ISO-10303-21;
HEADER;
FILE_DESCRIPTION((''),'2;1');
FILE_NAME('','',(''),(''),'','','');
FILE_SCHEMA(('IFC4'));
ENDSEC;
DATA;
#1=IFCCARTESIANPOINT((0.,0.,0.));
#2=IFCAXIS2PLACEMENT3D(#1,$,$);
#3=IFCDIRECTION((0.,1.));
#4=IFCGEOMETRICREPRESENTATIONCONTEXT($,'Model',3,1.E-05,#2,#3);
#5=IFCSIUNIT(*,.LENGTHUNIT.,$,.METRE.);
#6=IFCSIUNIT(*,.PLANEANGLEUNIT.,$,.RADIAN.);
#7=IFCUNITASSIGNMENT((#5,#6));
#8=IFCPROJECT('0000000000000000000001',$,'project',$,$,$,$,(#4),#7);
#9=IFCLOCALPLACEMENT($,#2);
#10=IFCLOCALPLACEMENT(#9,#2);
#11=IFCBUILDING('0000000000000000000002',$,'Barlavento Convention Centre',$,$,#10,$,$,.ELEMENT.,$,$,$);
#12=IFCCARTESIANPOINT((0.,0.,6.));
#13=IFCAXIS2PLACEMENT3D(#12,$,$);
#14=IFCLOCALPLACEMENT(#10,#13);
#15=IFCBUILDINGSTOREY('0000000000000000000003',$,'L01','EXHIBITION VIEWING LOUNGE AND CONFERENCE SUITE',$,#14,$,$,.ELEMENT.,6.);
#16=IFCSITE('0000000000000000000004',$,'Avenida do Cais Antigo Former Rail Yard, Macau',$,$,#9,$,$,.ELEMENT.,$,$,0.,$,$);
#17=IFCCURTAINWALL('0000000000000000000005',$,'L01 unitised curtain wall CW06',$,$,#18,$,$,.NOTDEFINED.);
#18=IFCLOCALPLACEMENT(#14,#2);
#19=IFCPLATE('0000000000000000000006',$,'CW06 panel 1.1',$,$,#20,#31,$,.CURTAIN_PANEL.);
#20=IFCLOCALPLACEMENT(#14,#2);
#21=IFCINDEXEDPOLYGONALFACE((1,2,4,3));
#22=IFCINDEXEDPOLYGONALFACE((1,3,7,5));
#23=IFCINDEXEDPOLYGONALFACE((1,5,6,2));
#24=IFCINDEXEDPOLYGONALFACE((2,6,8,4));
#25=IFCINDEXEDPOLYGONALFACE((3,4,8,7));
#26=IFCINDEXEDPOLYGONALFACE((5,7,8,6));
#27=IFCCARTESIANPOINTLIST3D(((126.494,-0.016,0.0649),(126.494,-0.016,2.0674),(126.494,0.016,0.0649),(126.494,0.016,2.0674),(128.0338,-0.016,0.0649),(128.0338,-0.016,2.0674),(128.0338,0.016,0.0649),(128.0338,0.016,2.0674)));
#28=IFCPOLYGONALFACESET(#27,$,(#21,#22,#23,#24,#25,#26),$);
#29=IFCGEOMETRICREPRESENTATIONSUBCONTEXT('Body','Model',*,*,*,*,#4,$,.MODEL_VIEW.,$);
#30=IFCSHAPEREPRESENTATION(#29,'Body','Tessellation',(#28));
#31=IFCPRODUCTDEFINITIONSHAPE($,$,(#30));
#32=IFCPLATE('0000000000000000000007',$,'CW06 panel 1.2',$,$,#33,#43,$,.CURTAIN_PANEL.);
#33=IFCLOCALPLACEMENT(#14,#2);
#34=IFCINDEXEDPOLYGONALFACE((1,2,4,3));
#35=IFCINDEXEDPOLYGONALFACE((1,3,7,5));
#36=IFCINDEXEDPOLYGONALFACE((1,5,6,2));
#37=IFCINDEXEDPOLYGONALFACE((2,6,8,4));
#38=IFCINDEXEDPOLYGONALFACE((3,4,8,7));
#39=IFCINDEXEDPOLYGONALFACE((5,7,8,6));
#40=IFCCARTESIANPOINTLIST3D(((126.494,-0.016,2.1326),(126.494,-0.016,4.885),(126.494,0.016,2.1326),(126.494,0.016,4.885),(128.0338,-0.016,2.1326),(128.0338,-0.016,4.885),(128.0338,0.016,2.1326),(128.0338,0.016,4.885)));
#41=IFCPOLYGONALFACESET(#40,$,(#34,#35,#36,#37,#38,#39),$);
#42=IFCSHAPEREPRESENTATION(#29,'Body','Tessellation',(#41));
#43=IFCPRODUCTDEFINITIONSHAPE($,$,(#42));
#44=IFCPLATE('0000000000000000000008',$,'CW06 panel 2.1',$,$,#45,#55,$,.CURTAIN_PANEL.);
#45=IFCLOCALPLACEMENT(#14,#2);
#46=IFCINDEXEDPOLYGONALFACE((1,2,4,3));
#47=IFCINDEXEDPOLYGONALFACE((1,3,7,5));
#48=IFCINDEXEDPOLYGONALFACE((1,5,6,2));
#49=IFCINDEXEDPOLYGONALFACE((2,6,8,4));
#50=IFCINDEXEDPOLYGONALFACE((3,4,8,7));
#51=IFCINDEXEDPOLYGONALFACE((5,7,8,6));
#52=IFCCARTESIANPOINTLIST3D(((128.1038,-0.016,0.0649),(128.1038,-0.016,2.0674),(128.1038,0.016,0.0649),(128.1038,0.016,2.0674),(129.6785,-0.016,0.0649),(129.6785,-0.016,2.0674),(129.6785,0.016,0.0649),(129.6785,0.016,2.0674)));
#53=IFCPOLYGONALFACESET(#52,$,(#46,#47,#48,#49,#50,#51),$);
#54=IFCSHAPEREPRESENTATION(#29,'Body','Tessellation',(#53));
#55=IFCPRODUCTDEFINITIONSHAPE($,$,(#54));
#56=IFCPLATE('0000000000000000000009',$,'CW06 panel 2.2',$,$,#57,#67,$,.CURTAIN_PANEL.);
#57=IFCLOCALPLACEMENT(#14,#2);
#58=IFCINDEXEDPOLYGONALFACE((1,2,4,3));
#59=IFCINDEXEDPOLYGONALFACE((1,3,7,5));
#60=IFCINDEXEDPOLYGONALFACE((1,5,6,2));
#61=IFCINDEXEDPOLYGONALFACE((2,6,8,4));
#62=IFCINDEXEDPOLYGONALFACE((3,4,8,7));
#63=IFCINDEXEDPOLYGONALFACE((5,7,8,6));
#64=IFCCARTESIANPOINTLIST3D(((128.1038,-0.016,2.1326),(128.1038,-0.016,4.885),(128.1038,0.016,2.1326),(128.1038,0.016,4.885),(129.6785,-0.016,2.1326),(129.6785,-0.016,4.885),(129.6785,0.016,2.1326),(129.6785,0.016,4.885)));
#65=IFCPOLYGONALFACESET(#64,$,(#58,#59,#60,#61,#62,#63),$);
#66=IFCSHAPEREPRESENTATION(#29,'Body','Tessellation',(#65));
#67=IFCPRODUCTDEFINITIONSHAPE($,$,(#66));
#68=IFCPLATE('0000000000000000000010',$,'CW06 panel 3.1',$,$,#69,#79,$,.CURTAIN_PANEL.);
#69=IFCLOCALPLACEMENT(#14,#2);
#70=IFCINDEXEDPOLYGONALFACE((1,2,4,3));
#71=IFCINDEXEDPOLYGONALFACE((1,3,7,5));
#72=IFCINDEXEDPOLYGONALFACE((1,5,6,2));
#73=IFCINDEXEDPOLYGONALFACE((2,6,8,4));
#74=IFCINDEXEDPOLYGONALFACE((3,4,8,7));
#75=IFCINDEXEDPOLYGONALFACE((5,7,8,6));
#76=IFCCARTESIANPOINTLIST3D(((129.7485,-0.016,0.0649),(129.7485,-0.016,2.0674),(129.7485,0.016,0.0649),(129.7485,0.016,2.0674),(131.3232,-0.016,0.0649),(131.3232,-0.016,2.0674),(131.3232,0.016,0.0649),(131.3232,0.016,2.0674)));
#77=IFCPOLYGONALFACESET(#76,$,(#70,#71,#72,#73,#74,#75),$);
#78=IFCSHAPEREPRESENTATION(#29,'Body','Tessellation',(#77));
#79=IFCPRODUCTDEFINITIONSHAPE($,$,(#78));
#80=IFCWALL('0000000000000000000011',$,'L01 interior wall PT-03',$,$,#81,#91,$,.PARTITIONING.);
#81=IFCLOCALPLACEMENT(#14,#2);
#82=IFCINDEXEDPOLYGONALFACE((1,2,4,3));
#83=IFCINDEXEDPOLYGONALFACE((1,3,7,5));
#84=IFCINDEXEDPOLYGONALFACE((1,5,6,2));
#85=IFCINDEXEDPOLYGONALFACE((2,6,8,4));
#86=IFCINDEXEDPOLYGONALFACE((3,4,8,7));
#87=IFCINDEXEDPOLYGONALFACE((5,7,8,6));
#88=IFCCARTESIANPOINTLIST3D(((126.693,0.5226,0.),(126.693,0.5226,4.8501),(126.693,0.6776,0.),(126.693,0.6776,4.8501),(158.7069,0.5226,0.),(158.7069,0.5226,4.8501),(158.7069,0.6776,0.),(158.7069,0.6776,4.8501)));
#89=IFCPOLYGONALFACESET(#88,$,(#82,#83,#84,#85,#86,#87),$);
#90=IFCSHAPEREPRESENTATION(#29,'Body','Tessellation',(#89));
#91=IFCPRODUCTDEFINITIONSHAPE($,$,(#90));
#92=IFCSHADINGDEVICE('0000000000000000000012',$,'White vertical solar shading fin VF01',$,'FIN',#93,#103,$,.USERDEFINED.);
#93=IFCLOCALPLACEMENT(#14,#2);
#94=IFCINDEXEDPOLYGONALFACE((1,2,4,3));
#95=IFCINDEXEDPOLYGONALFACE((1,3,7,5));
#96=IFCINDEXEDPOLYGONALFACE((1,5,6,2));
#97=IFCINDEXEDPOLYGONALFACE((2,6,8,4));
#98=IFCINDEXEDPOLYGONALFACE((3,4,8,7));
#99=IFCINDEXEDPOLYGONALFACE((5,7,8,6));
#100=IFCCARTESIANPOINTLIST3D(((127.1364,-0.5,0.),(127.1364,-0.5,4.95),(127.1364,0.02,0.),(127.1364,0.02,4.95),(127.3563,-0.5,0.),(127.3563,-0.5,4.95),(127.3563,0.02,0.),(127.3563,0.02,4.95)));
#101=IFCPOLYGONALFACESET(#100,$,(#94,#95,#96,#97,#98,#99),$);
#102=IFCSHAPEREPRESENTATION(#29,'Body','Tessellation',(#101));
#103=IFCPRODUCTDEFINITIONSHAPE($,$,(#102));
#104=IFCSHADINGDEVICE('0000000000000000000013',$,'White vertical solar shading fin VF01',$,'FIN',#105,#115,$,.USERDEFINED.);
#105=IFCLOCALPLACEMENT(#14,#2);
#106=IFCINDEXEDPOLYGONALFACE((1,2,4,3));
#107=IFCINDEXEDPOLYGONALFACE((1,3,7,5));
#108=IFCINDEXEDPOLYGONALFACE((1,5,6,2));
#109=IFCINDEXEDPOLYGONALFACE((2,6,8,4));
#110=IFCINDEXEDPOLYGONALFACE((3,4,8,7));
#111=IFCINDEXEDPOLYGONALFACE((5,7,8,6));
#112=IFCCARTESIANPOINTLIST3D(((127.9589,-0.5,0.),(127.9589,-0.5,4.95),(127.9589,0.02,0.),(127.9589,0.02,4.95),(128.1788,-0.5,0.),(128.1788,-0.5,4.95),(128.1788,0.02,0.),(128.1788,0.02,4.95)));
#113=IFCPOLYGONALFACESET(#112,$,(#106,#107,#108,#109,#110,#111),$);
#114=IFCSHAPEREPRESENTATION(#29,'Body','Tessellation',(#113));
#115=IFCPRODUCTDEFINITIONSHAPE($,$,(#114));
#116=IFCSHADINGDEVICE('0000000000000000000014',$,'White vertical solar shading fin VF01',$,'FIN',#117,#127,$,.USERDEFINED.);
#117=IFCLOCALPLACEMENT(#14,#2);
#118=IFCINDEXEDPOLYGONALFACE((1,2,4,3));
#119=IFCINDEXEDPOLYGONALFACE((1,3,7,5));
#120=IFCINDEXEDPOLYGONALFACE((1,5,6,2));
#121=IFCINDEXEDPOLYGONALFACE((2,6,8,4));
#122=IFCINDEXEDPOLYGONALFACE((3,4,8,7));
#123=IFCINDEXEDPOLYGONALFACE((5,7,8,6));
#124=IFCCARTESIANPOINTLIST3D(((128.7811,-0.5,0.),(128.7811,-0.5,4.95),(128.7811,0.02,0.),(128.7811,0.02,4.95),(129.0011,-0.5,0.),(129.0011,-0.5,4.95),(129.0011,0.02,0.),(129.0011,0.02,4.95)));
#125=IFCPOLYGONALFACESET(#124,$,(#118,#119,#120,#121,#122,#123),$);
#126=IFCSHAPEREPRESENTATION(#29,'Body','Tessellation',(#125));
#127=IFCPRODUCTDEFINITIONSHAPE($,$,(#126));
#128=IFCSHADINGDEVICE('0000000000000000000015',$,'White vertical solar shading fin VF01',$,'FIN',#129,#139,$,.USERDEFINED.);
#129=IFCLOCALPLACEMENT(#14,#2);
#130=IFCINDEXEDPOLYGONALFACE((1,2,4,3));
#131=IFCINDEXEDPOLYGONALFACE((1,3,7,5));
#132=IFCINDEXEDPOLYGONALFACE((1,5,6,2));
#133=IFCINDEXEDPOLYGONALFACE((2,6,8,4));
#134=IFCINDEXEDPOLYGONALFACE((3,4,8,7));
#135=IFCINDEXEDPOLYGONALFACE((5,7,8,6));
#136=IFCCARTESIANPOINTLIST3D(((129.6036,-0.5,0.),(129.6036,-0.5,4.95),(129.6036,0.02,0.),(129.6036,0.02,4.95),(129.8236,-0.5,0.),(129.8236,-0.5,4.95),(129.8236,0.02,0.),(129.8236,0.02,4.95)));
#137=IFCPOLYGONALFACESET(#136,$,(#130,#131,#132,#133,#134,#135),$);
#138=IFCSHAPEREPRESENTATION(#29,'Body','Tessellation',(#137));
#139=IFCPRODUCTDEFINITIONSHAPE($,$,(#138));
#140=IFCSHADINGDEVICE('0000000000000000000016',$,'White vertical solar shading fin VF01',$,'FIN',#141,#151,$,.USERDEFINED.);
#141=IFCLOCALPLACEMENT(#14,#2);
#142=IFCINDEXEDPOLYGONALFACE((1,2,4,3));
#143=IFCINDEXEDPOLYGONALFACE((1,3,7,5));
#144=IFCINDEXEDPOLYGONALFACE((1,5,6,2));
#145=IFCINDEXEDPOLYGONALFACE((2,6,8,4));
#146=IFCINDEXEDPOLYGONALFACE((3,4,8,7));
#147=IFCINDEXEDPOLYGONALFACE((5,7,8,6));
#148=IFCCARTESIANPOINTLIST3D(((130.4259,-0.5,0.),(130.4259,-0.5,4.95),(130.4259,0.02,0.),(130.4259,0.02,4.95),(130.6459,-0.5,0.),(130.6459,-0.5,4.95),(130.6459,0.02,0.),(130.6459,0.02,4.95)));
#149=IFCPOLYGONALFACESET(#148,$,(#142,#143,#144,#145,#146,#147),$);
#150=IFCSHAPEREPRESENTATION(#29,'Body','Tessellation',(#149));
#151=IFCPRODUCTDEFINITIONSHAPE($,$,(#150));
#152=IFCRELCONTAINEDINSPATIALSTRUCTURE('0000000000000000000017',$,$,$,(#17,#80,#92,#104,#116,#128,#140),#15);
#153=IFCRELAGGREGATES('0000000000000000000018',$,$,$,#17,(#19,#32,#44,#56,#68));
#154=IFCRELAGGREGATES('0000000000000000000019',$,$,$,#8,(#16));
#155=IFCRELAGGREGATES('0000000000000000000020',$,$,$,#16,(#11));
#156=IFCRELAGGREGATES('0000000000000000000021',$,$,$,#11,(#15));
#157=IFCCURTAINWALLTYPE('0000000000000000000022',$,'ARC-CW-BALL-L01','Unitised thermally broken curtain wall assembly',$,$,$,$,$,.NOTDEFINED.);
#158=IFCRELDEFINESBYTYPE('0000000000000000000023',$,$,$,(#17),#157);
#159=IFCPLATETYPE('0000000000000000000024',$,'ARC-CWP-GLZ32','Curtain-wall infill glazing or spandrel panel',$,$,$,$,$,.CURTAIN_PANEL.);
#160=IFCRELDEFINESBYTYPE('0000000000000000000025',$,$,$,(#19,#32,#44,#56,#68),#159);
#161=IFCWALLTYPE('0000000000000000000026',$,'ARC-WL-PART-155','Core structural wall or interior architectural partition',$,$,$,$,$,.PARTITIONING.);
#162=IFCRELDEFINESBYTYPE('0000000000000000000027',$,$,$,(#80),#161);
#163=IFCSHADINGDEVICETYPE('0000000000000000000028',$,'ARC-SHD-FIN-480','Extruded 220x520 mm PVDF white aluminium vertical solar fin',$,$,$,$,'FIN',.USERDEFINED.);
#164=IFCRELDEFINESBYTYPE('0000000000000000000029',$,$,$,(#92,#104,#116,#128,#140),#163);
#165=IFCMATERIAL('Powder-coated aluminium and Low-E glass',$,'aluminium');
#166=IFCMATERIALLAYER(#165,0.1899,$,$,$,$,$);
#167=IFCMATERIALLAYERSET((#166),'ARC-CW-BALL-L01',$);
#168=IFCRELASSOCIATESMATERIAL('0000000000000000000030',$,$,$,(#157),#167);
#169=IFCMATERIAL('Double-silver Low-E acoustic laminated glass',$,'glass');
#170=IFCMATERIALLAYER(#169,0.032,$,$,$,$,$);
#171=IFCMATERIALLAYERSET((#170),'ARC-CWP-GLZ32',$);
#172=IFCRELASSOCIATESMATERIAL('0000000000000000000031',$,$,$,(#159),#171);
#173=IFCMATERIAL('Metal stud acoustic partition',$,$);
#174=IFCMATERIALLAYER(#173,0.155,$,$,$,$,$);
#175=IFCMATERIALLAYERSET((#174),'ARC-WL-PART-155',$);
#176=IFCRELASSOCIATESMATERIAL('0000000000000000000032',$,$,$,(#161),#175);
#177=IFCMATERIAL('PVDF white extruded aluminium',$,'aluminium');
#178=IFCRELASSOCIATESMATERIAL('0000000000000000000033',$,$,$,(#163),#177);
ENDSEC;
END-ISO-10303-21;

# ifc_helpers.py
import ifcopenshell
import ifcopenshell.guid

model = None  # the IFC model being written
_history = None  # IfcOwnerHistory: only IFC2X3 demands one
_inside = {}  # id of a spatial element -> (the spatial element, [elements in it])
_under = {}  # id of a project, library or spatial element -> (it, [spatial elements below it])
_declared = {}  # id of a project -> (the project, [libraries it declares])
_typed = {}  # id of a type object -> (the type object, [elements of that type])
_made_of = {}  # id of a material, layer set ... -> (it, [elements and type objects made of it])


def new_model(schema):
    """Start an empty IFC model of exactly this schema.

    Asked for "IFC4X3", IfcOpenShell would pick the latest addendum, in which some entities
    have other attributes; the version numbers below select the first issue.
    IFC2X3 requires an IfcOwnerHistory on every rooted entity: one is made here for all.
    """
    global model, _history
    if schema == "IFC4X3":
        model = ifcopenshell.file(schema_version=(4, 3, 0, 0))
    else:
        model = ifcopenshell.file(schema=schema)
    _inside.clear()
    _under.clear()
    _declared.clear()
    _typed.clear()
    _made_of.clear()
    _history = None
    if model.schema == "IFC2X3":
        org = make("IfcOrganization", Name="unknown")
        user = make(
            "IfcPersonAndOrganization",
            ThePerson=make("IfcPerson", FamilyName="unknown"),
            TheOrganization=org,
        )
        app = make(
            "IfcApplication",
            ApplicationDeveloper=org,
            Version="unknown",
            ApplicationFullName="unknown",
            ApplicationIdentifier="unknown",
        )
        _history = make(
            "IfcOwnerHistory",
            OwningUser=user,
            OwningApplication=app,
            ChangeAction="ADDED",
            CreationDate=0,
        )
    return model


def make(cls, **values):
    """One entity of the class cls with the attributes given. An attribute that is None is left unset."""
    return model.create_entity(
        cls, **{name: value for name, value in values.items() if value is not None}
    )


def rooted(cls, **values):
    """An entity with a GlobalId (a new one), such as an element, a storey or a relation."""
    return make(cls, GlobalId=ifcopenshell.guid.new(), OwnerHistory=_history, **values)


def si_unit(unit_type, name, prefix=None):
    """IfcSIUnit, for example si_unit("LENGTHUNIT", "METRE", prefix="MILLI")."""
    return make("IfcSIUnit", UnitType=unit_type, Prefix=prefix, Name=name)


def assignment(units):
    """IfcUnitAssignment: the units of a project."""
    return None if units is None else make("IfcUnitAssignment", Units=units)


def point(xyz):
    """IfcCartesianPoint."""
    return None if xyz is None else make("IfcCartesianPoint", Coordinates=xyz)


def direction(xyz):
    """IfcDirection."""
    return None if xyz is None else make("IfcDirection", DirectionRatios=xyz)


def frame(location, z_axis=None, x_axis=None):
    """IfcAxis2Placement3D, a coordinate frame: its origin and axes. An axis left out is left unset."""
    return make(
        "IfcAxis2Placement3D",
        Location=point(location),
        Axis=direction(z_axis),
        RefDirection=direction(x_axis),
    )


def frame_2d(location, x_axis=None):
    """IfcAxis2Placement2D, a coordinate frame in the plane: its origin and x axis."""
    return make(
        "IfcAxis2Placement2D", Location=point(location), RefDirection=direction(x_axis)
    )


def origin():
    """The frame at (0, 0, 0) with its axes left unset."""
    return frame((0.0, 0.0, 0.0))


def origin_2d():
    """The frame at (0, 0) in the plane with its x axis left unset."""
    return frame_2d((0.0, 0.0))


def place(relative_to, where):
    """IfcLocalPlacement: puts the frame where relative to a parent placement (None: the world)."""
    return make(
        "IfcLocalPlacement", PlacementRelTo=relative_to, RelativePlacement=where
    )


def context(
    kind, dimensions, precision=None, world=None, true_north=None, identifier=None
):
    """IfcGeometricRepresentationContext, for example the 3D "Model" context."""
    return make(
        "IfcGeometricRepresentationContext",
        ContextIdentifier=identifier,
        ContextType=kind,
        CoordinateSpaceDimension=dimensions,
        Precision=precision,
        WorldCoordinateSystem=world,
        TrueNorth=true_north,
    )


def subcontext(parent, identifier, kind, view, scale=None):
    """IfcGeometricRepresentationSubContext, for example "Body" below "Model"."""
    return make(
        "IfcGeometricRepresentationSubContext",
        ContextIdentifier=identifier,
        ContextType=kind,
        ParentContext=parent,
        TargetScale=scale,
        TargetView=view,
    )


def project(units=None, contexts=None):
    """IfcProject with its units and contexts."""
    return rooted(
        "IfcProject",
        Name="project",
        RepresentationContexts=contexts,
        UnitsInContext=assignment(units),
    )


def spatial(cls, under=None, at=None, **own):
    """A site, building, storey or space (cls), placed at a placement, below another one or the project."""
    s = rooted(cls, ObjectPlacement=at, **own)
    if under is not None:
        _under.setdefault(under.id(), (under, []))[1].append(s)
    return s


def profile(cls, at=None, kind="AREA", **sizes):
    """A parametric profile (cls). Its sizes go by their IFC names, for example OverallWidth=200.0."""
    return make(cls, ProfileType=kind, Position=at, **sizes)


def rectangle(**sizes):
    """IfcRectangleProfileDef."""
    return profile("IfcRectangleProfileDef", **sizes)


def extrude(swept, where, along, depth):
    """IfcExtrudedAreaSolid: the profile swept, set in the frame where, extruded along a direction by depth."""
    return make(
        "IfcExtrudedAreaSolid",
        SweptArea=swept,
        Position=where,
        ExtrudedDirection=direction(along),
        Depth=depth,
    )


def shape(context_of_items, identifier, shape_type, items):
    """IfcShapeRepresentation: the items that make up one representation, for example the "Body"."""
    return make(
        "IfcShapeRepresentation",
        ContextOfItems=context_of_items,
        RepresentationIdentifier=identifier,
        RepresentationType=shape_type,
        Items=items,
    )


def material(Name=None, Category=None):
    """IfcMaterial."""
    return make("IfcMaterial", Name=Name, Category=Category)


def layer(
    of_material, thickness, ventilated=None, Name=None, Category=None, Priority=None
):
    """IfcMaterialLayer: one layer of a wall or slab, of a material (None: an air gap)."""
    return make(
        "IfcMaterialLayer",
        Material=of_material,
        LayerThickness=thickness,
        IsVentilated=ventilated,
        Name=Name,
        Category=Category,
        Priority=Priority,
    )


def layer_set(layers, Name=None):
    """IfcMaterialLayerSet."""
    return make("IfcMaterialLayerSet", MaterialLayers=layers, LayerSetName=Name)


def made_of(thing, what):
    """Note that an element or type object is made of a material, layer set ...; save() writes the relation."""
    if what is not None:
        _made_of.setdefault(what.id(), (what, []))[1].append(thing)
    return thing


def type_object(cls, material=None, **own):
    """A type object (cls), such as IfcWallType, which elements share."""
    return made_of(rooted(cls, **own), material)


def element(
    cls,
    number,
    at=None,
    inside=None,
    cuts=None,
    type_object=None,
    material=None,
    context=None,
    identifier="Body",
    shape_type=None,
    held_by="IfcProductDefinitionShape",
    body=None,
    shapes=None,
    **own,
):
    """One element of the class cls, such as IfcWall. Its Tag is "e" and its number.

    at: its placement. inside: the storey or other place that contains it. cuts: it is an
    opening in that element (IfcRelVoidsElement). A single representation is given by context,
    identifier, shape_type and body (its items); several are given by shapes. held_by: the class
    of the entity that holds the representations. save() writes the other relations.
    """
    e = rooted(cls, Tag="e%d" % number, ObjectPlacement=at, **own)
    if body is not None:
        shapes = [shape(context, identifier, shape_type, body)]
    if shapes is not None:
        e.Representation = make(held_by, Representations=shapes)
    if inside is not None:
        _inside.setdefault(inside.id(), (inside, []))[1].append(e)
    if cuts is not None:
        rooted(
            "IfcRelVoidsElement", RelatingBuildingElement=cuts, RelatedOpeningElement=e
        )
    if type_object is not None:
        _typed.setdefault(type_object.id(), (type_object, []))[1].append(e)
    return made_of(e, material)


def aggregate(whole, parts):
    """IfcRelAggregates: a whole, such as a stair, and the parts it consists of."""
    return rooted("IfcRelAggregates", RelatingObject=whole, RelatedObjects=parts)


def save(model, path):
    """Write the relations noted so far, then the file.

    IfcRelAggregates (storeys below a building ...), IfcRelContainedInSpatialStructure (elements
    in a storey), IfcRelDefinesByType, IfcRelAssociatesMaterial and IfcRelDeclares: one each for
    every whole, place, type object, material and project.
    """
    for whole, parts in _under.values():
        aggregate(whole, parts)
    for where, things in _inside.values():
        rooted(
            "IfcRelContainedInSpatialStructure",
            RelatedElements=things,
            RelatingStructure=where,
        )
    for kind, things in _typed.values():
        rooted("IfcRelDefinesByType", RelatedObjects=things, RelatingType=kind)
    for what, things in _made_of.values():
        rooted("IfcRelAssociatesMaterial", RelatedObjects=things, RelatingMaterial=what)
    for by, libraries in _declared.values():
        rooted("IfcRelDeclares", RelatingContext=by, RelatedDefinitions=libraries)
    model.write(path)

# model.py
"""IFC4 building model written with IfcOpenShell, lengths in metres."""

from ifc_helpers import new_model, si_unit, direction, frame, frame_2d, origin, origin_2d, place, context, subcontext, project, spatial, rectangle, extrude, material, layer, layer_set, type_object, element, aggregate, save


model = new_model("IFC4")

# Units and contexts
model_context = context("Model", 3, precision=1e-05, world=origin(), true_north=direction((0.0, 1.0)))
body_context = subcontext(model_context, "Body", "Model", "MODEL_VIEW")
ifc_project = project(units=[si_unit("LENGTHUNIT", "METRE"), si_unit("PLANEANGLEUNIT", "RADIAN")], contexts=[model_context])

# Site, building, storey
site_placement = place(None, origin())
site = spatial("IfcSite", under=ifc_project, at=site_placement, Name="Avenida do Cais Antigo Former Rail Yard, Macau", CompositionType="ELEMENT", RefElevation=0.0)
building_placement = place(site_placement, origin())
building = spatial("IfcBuilding", under=site, at=building_placement, Name="Barlavento Convention Centre", CompositionType="ELEMENT")
storey_placement = place(building_placement, frame((0.0, 0.0, 6.0)))
storey = spatial("IfcBuildingStorey", under=building, at=storey_placement, Name="L01", Description="EXHIBITION VIEWING LOUNGE AND CONFERENCE SUITE", CompositionType="ELEMENT", Elevation=6.0)

# Curtain wall
ifc_material_1 = material(Name="Powder-coated aluminium and Low-E glass", Category="aluminium")
ifc_layer_1 = layer(ifc_material_1, 0.1899)
ifc_layer_set_1 = layer_set([ifc_layer_1], Name="ARC-CW-BALL-L01")
curtain_wall_type = type_object("IfcCurtainWallType", Name="ARC-CW-BALL-L01", Description="Unitised thermally broken curtain wall assembly", PredefinedType="NOTDEFINED", material=ifc_layer_set_1)
curtain_wall_placement = place(storey_placement, origin())
curtain_wall = element("IfcCurtainWall", 1, at=curtain_wall_placement, inside=storey, type_object=curtain_wall_type, Name="L01 unitised curtain wall CW06", PredefinedType="NOTDEFINED")

# Plates
ifc_material_2 = material(Name="Double-silver Low-E acoustic laminated glass", Category="glass")
ifc_layer_2 = layer(ifc_material_2, 0.032)
ifc_layer_set_2 = layer_set([ifc_layer_2], Name="ARC-CWP-GLZ32")
plate_type = type_object("IfcPlateType", Name="ARC-CWP-GLZ32", Description="Curtain-wall infill glazing or spandrel panel", PredefinedType="CURTAIN_PANEL", material=ifc_layer_set_2)
plate_1_placement = place(storey_placement, frame((127.2639, 0.0, 0.0649), z_axis=(0.0, 0.0, 1.0), x_axis=(1.0, 0.0, 0.0)))
plate_1 = element("IfcPlate", 2, at=plate_1_placement, type_object=plate_type, Name="CW06 panel 1.1", PredefinedType="CURTAIN_PANEL", context=body_context, shape_type="SweptSolid", body=[
    extrude(rectangle(XDim=1.5398, YDim=0.032, at=origin_2d()), origin(), (0.0, 0.0, 1.0), 2.0024),
])
plate_2_placement = place(storey_placement, frame((127.2639, 0.0, 2.1326), z_axis=(0.0, 0.0, 1.0), x_axis=(1.0, 0.0, 0.0)))
plate_2 = element("IfcPlate", 3, at=plate_2_placement, type_object=plate_type, Name="CW06 panel 1.2", PredefinedType="CURTAIN_PANEL", context=body_context, shape_type="SweptSolid", body=[
    extrude(rectangle(XDim=1.5398, YDim=0.032, at=origin_2d()), origin(), (0.0, 0.0, 1.0), 2.7524),
])
plate_3_placement = place(storey_placement, frame((128.8911, 0.0, 0.0649), z_axis=(0.0, 0.0, 1.0), x_axis=(1.0, 0.0, 0.0)))
plate_3 = element("IfcPlate", 4, at=plate_3_placement, type_object=plate_type, Name="CW06 panel 2.1", PredefinedType="CURTAIN_PANEL", context=body_context, shape_type="SweptSolid", body=[
    extrude(rectangle(XDim=1.5747, YDim=0.032, at=origin_2d()), origin(), (0.0, 0.0, 1.0), 2.0024),
])
plate_4_placement = place(storey_placement, frame((128.8911, 0.0, 2.1326), z_axis=(0.0, 0.0, 1.0), x_axis=(1.0, 0.0, 0.0)))
plate_4 = element("IfcPlate", 5, at=plate_4_placement, type_object=plate_type, Name="CW06 panel 2.2", PredefinedType="CURTAIN_PANEL", context=body_context, shape_type="SweptSolid", body=[
    extrude(rectangle(XDim=1.5747, YDim=0.032, at=origin_2d()), origin(), (0.0, 0.0, 1.0), 2.7524),
])
plate_5_placement = place(storey_placement, frame((130.5359, 0.0, 0.0649), z_axis=(0.0, 0.0, 1.0), x_axis=(1.0, 0.0, 0.0)))
plate_5 = element("IfcPlate", 6, at=plate_5_placement, type_object=plate_type, Name="CW06 panel 3.1", PredefinedType="CURTAIN_PANEL", context=body_context, shape_type="SweptSolid", body=[
    extrude(rectangle(XDim=1.5747, YDim=0.032, at=origin_2d()), origin(), (0.0, 0.0, 1.0), 2.0024),
])
aggregate(curtain_wall, [plate_1, plate_2, plate_3, plate_4, plate_5])

# Wall
ifc_material_3 = material(Name="Metal stud acoustic partition")
ifc_layer_3 = layer(ifc_material_3, 0.155)
ifc_layer_set_3 = layer_set([ifc_layer_3], Name="ARC-WL-PART-155")
wall_type = type_object("IfcWallType", Name="ARC-WL-PART-155", Description="Core structural wall or interior architectural partition", PredefinedType="PARTITIONING", material=ifc_layer_set_3)
wall_placement = place(storey_placement, frame((126.6931, 0.6001, 0.0), z_axis=(0.0, 0.0, 1.0), x_axis=(1.0, 0.0, 0.0)))
element("IfcWall", 7, at=wall_placement, inside=storey, type_object=wall_type, Name="L01 interior wall PT-03", PredefinedType="PARTITIONING", context=body_context, shape_type="SweptSolid", body=[
    extrude(rectangle(XDim=32.0139, YDim=0.155, at=frame_2d((16.0068, 0.0))), origin(), (0.0, 0.0, 1.0), 4.8501),
])

# Shading devices
ifc_material_4 = material(Name="PVDF white extruded aluminium", Category="aluminium")
shading_device_type = type_object("IfcShadingDeviceType", Name="ARC-SHD-FIN-480", Description="Extruded 220x520 mm PVDF white aluminium vertical solar fin", ElementType="FIN", PredefinedType="USERDEFINED", material=ifc_material_4)
for number, where, z_axis, x_axis, name in (
    (8, (127.2463, -0.24, 0.0), (0.0, 0.0, 1.0), (1.0, 0.0, 0.0), "White vertical solar shading fin VF01"),
    (9, (128.0688, -0.24, 0.0), (0.0, 0.0, 1.0), (1.0, 0.0, 0.0), "White vertical solar shading fin VF01"),
    (10, (128.8911, -0.24, 0.0), (0.0, 0.0, 1.0), (1.0, 0.0, 0.0), "White vertical solar shading fin VF01"),
    (11, (129.7136, -0.24, 0.0), (0.0, 0.0, 1.0), (1.0, 0.0, 0.0), "White vertical solar shading fin VF01"),
    (12, (130.5359, -0.24, 0.0), (0.0, 0.0, 1.0), (1.0, 0.0, 0.0), "White vertical solar shading fin VF01"),
):
    element("IfcShadingDevice", number, at=place(storey_placement, frame(where, z_axis=z_axis, x_axis=x_axis)), inside=storey, type_object=shading_device_type, Name=name, ObjectType="FIN", PredefinedType="USERDEFINED", context=body_context, shape_type="SweptSolid", body=[
        extrude(rectangle(XDim=0.22, YDim=0.52, at=origin_2d()), origin(), (0.0, 0.0, 1.0), 4.95),
    ])

save(model, "model.ifc")
